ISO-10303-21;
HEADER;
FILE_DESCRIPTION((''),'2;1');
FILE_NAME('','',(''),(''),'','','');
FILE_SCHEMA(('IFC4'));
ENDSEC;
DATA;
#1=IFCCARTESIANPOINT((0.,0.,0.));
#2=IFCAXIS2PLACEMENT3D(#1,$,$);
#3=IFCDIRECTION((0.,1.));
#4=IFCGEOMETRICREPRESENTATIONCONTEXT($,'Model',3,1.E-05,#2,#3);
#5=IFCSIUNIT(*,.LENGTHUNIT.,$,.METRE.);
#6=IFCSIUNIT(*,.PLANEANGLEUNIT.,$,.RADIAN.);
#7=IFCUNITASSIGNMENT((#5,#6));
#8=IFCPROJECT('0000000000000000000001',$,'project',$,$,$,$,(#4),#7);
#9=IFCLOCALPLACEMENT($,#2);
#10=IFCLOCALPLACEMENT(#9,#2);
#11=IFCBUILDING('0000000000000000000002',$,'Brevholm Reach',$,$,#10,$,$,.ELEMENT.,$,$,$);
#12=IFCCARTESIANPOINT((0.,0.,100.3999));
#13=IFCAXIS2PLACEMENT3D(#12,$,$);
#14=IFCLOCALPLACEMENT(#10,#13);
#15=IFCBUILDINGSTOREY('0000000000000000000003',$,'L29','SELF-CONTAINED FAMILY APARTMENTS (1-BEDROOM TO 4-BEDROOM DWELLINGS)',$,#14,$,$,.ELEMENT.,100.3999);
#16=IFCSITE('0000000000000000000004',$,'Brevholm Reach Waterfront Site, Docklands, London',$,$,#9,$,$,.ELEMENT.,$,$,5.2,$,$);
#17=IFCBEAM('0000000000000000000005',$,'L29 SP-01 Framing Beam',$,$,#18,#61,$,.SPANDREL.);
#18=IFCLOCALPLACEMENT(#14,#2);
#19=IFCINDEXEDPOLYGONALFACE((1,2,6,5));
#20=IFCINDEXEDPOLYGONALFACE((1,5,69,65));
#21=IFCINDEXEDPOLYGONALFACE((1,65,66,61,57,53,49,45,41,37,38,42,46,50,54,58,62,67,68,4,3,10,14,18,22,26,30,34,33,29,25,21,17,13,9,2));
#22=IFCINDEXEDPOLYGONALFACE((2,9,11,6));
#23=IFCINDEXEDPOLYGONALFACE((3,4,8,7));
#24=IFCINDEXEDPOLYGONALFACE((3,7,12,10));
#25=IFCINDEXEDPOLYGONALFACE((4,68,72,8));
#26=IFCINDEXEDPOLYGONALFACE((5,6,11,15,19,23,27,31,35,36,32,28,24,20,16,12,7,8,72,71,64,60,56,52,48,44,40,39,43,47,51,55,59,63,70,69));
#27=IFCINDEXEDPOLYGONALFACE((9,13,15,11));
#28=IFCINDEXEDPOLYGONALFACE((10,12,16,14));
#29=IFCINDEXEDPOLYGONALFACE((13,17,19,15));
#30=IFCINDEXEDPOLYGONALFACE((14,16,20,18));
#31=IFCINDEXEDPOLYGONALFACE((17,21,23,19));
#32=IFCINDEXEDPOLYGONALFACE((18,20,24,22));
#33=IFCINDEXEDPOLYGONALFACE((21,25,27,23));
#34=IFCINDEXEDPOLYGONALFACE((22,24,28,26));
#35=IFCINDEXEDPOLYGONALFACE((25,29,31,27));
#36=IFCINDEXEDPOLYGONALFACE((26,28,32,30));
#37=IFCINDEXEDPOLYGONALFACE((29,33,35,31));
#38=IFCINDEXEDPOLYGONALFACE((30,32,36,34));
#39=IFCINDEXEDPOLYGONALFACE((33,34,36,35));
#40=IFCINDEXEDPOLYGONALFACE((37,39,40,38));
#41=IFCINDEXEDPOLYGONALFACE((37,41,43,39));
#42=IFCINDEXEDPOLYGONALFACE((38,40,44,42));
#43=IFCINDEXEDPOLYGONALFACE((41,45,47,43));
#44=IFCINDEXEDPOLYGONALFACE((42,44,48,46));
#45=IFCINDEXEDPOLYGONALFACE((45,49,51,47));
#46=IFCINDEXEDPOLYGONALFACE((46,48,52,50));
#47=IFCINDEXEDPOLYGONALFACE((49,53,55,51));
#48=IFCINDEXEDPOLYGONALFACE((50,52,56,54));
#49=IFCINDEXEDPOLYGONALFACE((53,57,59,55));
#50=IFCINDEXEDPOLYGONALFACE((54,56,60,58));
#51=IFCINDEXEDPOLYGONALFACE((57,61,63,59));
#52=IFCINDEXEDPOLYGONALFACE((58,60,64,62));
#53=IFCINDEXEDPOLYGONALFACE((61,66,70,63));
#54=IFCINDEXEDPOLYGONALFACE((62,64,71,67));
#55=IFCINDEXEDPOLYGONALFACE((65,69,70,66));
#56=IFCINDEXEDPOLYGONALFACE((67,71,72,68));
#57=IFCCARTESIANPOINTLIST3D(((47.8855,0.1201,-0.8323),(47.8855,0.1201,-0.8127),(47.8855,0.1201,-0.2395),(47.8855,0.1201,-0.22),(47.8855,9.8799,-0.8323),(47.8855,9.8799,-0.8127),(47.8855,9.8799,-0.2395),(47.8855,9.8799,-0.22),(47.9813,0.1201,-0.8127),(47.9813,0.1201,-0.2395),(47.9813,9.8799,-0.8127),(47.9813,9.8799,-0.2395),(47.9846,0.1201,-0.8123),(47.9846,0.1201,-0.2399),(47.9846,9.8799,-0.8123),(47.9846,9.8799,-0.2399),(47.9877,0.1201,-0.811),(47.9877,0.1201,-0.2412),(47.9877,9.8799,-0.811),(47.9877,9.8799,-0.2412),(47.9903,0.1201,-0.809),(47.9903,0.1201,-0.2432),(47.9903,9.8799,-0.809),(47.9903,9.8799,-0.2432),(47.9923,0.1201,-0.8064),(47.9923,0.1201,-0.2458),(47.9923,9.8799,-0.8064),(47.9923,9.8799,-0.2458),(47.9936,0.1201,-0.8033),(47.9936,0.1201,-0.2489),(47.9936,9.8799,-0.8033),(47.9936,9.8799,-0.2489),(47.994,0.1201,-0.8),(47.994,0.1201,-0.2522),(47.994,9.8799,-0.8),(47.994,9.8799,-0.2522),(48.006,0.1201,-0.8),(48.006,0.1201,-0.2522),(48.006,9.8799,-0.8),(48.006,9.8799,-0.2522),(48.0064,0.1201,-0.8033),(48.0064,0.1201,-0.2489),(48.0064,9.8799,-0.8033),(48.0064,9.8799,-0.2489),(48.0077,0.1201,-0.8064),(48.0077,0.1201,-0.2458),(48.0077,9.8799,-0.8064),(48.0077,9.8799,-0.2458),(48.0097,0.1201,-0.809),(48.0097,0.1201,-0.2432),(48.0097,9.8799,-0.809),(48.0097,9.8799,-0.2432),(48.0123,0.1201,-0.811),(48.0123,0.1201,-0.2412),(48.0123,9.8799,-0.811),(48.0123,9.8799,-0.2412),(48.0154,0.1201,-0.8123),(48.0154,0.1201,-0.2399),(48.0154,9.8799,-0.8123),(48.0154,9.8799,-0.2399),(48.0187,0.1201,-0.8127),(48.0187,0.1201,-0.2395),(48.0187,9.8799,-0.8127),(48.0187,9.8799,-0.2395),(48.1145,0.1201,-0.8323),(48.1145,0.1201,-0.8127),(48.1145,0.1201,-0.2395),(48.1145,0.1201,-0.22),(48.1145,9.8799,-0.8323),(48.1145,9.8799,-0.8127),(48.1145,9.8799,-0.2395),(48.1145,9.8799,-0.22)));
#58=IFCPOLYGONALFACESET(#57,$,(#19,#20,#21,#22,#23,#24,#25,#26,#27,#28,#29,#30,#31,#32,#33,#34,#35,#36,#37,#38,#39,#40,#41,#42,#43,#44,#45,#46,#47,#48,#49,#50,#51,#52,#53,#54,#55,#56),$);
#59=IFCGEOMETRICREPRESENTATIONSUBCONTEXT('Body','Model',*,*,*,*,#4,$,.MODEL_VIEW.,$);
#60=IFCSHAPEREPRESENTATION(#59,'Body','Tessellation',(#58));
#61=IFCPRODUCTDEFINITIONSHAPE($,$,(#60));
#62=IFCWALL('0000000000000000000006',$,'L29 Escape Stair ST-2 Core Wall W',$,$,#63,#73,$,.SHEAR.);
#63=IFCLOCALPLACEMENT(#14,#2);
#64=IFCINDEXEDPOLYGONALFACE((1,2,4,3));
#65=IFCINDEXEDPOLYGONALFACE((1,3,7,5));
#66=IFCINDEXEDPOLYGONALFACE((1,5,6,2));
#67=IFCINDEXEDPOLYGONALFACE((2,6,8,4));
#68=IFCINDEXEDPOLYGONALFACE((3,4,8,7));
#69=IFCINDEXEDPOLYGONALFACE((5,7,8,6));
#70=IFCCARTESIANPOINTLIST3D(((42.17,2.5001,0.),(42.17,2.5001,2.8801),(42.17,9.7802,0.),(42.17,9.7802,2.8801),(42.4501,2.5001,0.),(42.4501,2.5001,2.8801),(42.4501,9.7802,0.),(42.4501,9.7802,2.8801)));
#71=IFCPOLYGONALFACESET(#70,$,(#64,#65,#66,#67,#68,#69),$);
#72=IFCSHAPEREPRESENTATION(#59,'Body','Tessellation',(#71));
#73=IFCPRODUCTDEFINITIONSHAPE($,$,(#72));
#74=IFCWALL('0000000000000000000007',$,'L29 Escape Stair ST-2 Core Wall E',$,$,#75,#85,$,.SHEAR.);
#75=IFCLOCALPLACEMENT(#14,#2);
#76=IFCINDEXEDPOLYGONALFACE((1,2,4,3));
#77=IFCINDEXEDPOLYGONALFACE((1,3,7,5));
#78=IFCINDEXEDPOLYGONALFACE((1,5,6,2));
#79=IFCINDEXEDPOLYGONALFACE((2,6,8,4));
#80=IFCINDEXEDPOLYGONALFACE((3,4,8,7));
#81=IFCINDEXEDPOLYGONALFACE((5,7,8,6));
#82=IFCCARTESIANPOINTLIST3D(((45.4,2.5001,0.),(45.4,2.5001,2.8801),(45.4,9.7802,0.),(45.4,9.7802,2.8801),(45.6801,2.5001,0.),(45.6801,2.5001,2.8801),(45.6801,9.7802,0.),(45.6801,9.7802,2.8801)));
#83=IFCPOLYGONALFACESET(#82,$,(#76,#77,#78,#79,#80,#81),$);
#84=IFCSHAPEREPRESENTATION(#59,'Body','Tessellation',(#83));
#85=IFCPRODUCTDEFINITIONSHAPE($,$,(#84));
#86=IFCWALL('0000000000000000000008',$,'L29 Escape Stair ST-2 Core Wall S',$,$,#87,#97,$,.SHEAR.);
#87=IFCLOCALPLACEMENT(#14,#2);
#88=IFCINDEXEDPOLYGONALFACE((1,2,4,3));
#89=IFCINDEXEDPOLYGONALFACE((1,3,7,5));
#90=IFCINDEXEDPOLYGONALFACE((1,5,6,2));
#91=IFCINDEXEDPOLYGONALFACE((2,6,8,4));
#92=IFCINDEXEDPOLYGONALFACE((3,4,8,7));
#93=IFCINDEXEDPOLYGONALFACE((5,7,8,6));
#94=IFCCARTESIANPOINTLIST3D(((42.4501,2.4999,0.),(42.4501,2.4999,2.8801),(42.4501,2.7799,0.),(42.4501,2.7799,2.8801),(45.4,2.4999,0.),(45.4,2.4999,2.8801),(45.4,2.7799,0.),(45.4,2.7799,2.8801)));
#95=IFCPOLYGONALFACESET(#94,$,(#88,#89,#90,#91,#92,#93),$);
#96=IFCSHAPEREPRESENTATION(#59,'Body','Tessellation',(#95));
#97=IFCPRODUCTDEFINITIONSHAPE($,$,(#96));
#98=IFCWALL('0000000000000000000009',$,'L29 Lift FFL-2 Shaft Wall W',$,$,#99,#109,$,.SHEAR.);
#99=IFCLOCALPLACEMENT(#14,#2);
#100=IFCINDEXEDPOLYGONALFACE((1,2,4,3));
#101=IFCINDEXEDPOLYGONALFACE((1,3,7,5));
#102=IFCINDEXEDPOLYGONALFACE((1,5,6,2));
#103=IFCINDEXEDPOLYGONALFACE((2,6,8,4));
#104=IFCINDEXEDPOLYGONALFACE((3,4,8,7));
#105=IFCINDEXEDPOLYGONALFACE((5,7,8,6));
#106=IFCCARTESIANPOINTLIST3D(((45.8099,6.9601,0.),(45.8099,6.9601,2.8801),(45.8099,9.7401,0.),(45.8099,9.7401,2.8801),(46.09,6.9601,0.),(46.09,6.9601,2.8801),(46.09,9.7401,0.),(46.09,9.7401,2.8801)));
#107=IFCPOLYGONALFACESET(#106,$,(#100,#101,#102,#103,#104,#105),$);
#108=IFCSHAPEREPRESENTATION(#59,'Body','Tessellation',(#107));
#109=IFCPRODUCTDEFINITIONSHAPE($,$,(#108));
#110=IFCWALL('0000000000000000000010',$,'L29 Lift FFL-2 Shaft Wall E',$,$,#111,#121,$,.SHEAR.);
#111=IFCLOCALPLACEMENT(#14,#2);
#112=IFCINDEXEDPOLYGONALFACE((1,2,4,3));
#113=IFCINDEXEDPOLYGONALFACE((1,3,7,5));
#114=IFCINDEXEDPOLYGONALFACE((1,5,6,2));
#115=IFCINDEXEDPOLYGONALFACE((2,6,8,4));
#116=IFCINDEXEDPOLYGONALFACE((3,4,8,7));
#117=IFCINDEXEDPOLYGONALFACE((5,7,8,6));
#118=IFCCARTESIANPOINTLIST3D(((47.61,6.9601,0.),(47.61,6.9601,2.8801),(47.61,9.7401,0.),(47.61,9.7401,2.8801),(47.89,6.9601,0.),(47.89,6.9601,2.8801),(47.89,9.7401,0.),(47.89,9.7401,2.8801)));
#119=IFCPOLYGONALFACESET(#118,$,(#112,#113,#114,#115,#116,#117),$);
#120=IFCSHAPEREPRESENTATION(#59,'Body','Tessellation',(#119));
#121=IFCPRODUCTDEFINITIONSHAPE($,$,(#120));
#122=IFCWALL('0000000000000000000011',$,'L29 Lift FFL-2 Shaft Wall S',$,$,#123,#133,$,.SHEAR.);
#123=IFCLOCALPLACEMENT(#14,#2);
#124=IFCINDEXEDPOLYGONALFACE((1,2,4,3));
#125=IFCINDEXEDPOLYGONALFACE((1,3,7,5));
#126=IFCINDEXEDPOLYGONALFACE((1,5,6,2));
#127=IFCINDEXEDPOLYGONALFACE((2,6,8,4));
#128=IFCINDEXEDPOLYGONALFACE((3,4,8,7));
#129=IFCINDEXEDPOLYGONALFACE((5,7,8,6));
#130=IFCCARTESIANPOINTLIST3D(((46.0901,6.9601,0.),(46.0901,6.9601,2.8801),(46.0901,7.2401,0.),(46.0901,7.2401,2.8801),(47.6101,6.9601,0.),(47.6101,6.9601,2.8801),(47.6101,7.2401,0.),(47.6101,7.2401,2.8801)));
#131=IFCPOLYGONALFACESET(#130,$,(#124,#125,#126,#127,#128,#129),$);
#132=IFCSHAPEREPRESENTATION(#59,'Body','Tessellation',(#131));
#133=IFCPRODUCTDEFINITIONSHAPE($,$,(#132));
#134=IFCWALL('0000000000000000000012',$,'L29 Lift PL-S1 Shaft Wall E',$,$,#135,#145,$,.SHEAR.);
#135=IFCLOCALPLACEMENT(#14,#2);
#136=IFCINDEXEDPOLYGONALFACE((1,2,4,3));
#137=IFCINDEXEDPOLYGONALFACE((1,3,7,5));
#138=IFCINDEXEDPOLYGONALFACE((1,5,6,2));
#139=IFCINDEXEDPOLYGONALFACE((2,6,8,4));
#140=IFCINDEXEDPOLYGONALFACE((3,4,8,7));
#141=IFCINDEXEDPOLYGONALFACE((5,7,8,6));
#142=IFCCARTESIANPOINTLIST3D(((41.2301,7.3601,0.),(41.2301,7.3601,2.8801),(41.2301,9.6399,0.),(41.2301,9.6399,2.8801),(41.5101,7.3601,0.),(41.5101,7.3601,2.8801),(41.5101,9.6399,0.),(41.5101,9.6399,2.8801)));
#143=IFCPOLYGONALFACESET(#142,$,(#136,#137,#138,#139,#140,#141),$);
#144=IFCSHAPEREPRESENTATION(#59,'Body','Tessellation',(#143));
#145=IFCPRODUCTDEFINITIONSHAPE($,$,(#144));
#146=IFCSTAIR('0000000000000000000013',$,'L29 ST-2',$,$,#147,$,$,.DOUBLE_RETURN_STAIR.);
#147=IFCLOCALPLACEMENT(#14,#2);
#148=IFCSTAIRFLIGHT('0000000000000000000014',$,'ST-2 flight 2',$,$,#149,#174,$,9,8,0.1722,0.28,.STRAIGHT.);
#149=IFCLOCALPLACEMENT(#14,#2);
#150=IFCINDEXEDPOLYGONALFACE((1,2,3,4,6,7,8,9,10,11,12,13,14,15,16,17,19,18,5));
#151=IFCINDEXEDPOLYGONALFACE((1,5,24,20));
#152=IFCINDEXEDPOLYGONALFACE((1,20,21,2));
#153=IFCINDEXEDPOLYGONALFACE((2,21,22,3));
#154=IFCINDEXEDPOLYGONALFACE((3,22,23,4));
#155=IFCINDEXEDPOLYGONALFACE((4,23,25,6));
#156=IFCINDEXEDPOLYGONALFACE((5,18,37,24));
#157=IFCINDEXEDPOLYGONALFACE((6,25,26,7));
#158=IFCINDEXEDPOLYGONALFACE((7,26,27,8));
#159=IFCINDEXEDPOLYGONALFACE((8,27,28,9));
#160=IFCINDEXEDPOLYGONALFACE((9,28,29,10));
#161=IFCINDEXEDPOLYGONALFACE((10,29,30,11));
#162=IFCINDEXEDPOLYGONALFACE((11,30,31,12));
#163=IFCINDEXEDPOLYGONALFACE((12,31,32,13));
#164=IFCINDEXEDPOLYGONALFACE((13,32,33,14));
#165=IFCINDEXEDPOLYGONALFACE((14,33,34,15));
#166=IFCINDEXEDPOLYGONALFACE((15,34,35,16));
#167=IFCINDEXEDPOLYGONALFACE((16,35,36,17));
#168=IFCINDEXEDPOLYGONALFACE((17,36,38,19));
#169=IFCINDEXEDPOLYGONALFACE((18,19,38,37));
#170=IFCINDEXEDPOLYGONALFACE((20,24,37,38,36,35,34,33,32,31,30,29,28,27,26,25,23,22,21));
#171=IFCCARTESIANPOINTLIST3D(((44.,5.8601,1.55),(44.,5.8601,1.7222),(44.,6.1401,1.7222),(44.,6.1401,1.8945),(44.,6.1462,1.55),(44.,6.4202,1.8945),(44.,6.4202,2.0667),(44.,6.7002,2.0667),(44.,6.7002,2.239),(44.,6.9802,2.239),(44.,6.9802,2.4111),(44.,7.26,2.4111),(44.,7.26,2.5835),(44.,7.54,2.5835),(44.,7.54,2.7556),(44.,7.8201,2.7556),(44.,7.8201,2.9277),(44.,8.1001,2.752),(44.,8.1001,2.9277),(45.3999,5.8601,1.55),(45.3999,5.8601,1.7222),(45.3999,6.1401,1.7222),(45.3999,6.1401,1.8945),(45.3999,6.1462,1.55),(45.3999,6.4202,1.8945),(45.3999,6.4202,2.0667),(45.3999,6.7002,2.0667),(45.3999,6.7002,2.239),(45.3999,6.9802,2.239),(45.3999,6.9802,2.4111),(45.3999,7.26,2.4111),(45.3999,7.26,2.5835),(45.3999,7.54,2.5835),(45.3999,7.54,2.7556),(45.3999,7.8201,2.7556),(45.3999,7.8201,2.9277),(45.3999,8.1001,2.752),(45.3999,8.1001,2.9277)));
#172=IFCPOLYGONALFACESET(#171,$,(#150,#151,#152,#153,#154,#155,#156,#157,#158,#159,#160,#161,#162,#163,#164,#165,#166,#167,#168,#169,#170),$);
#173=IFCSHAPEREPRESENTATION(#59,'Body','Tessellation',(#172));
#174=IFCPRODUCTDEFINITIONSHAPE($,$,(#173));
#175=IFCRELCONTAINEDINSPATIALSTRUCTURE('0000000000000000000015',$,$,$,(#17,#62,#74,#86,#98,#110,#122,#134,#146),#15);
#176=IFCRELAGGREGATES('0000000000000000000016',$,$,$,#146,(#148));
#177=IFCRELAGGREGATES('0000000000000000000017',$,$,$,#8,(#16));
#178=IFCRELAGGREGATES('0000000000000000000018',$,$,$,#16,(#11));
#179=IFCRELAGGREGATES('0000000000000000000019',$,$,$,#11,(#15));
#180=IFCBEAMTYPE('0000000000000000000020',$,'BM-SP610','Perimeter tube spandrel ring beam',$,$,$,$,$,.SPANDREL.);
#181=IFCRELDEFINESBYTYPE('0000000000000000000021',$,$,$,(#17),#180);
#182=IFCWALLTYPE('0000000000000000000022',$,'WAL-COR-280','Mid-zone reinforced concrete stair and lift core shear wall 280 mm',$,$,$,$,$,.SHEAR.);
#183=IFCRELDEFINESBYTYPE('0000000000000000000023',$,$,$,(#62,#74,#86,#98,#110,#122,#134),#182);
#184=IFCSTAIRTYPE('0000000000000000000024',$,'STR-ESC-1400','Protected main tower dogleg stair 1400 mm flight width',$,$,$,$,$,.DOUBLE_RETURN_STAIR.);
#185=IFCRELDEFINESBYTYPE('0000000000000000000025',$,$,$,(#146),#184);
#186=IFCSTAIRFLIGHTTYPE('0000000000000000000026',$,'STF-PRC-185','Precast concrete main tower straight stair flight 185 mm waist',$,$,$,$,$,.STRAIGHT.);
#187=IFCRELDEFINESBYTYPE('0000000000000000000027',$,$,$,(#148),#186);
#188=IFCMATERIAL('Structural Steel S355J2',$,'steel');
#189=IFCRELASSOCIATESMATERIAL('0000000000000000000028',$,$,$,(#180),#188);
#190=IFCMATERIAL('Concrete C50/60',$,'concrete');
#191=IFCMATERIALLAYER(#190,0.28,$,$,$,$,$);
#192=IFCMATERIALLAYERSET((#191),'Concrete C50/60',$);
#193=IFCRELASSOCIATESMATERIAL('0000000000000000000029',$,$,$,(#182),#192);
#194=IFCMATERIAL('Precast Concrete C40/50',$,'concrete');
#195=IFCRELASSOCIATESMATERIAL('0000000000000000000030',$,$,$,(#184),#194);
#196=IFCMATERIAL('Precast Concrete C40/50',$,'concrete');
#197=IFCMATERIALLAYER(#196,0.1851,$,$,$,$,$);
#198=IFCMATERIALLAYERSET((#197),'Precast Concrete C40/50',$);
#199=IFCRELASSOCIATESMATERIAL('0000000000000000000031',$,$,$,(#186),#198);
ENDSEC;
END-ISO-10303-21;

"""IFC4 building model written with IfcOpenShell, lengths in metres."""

from ifc_helpers import new_model, si_unit, direction, frame, frame_2d, origin, origin_2d, place, context, subcontext, project, spatial, polyline, rectangle, i_section, outline, extrude, material, layer, layer_set, material_profile, profile_set, type_object, element, aggregate, save


model = new_model("IFC4")

# Units and contexts
model_context = context("Model", 3, precision=1e-05, world=origin(), true_north=direction((0.0, 1.0)))
body_context = subcontext(model_context, "Body", "Model", "MODEL_VIEW")
ifc_project = project(units=[si_unit("LENGTHUNIT", "METRE"), si_unit("PLANEANGLEUNIT", "RADIAN")], contexts=[model_context])

# Site, building, storey
site_placement = place(None, origin())
site = spatial("IfcSite", under=ifc_project, at=site_placement, Name="Brevholm Reach Waterfront Site, Docklands, London", CompositionType="ELEMENT", RefElevation=5.2)
building_placement = place(site_placement, origin())
building = spatial("IfcBuilding", under=site, at=building_placement, Name="Brevholm Reach", CompositionType="ELEMENT")
storey_placement = place(building_placement, frame((0.0, 0.0, 100.3999)))
storey = spatial("IfcBuildingStorey", under=building, at=storey_placement, Name="L29", Description="SELF-CONTAINED FAMILY APARTMENTS (1-BEDROOM TO 4-BEDROOM DWELLINGS)", CompositionType="ELEMENT", Elevation=100.3999)

# Beam
ifc_material_1 = material(Name="Structural Steel S355J2", Category="steel")
ifc_material_profile_1 = material_profile(ifc_material_1, i_section(OverallWidth=0.229, OverallDepth=0.6123, WebThickness=0.012, FlangeThickness=0.0195, FilletRadius=0.0127, at=origin_2d()), Name="UKB 610x229x125")
ifc_profile_set_1 = profile_set([ifc_material_profile_1], Name="Structural Steel S355J2")
beam_type_1 = type_object("IfcBeamType", Name="BM-SP610", Description="Perimeter tube spandrel ring beam", PredefinedType="SPANDREL", material=ifc_profile_set_1)
for number, where, z_axis, x_axis, name in (
    (1, (48.0, 0.1201, -0.5261), (0.0, 1.0, 0.0), (-1.0, 0.0, 0.0), "L29 SP-01 Framing Beam"),
):
    element("IfcBeam", number, at=place(storey_placement, frame(where, z_axis=z_axis, x_axis=x_axis)), inside=storey, type_object=beam_type_1, Name=name, PredefinedType="SPANDREL", context=body_context, shape_type="SweptSolid", body=[
        extrude(i_section(OverallWidth=0.229, OverallDepth=0.6123, WebThickness=0.012, FlangeThickness=0.0195, FilletRadius=0.0127, at=origin_2d()), origin(), (0.0, 0.0, 1.0), 9.7598),
    ])

# Walls
ifc_material_2 = material(Name="Concrete C50/60", Category="concrete")
ifc_layer_1 = layer(ifc_material_2, 0.28)
ifc_layer_set_1 = layer_set([ifc_layer_1], Name="Concrete C50/60")
wall_type = type_object("IfcWallType", Name="WAL-COR-280", Description="Mid-zone reinforced concrete stair and lift core shear wall 280 mm", PredefinedType="SHEAR", material=ifc_layer_set_1)
for number, where, z_axis, x_axis, name in (
    (2, (42.3101, 2.5, 0.0), (0.0, 0.0, 1.0), (0.0, 1.0, 0.0), "L29 Escape Stair ST-2 Core Wall W"),
    (3, (45.54, 2.5, 0.0), (0.0, 0.0, 1.0), (0.0, 1.0, 0.0), "L29 Escape Stair ST-2 Core Wall E"),
):
    element("IfcWall", number, at=place(storey_placement, frame(where, z_axis=z_axis, x_axis=x_axis)), inside=storey, type_object=wall_type, Name=name, PredefinedType="SHEAR", context=body_context, shape_type="SweptSolid", body=[
        extrude(rectangle(XDim=7.28, YDim=0.28, at=frame_2d((3.6401, 0.0))), origin(), (0.0, 0.0, 1.0), 2.8801),
    ])
wall_1_placement = place(storey_placement, frame((42.45, 2.6399, 0.0), z_axis=(0.0, 0.0, 1.0), x_axis=(1.0, 0.0, 0.0)))
element("IfcWall", 4, at=wall_1_placement, inside=storey, type_object=wall_type, Name="L29 Escape Stair ST-2 Core Wall S", PredefinedType="SHEAR", context=body_context, shape_type="SweptSolid", body=[
    extrude(rectangle(XDim=2.95, YDim=0.28, at=frame_2d((1.4751, 0.0))), origin(), (0.0, 0.0, 1.0), 2.8801),
])
for number, where, z_axis, x_axis, name in (
    (5, (45.95, 6.96, 0.0), (0.0, 0.0, 1.0), (0.0, 1.0, 0.0), "L29 Lift FFL-2 Shaft Wall W"),
    (6, (47.75, 6.96, 0.0), (0.0, 0.0, 1.0), (0.0, 1.0, 0.0), "L29 Lift FFL-2 Shaft Wall E"),
):
    element("IfcWall", number, at=place(storey_placement, frame(where, z_axis=z_axis, x_axis=x_axis)), inside=storey, type_object=wall_type, Name=name, PredefinedType="SHEAR", context=body_context, shape_type="SweptSolid", body=[
        extrude(rectangle(XDim=2.78, YDim=0.28, at=frame_2d((1.3901, 0.0))), origin(), (0.0, 0.0, 1.0), 2.8801),
    ])
wall_2_placement = place(storey_placement, frame((46.0901, 7.1001, 0.0), z_axis=(0.0, 0.0, 1.0), x_axis=(1.0, 0.0, 0.0)))
element("IfcWall", 7, at=wall_2_placement, inside=storey, type_object=wall_type, Name="L29 Lift FFL-2 Shaft Wall S", PredefinedType="SHEAR", context=body_context, shape_type="SweptSolid", body=[
    extrude(rectangle(XDim=1.52, YDim=0.28, at=frame_2d((0.76, 0.0))), origin(), (0.0, 0.0, 1.0), 2.8801),
])
wall_3_placement = place(storey_placement, frame((41.3701, 7.3601, 0.0), z_axis=(0.0, 0.0, 1.0), x_axis=(0.0, 1.0, 0.0)))
element("IfcWall", 8, at=wall_3_placement, inside=storey, type_object=wall_type, Name="L29 Lift PL-S1 Shaft Wall E", PredefinedType="SHEAR", context=body_context, shape_type="SweptSolid", body=[
    extrude(rectangle(XDim=2.2798, YDim=0.28, at=frame_2d((1.1399, 0.0))), origin(), (0.0, 0.0, 1.0), 2.8801),
])

# Stair, stair flight
ifc_material_3 = material(Name="Precast Concrete C40/50", Category="concrete")
stair_type = type_object("IfcStairType", Name="STR-ESC-1400", Description="Protected main tower dogleg stair 1400 mm flight width", PredefinedType="DOUBLE_RETURN_STAIR", material=ifc_material_3)
stair_placement = place(storey_placement, origin())
stair = element("IfcStair", 9, at=stair_placement, inside=storey, type_object=stair_type, Name="L29 ST-2", PredefinedType="DOUBLE_RETURN_STAIR")
ifc_material_4 = material(Name="Precast Concrete C40/50", Category="concrete")
ifc_layer_2 = layer(ifc_material_4, 0.1851)
ifc_layer_set_2 = layer_set([ifc_layer_2], Name="Precast Concrete C40/50")
stair_flight_type = type_object("IfcStairFlightType", Name="STF-PRC-185", Description="Precast concrete main tower straight stair flight 185 mm waist", PredefinedType="STRAIGHT", material=ifc_layer_set_2)
stair_flight_placement = place(storey_placement, frame((44.7, 5.8601, 1.55), z_axis=(0.0, 0.0, 1.0), x_axis=(0.0, 1.0, 0.0)))
stair_flight = element("IfcStairFlight", 10, at=stair_flight_placement, type_object=stair_flight_type, Name="ST-2 flight 2", NumberOfRisers=9, NumberOfTreads=8, PredefinedType="STRAIGHT", RiserHeight=0.1722, TreadLength=0.28, context=body_context, shape_type="SweptSolid", body=[
    extrude(outline(polyline([(0.0, 0.0), (0.0, 0.1721), (0.28, 0.1721), (0.28, 0.3445), (0.5601, 0.3445), (0.5601, 0.5166), (0.8401, 0.5166), (0.8401, 0.689), (1.1201, 0.689), (1.1201, 0.8611), (1.3999, 0.8611), (1.3999, 1.0334), (1.6799, 1.0334), (1.6799, 1.2056), (1.96, 1.2056), (1.96, 1.3777), (2.24, 1.3777), (2.24, 1.55), (2.24, 1.2019), (0.2861, 0.0), (0.0, 0.0)])), frame((0.0, 0.7, 0.0), z_axis=(0.0, -1.0, 0.0), x_axis=(1.0, 0.0, 0.0)), (0.0, 0.0, 1.0), 1.3999),
])
aggregate(stair, [stair_flight])

save(model, "model.ifc")
